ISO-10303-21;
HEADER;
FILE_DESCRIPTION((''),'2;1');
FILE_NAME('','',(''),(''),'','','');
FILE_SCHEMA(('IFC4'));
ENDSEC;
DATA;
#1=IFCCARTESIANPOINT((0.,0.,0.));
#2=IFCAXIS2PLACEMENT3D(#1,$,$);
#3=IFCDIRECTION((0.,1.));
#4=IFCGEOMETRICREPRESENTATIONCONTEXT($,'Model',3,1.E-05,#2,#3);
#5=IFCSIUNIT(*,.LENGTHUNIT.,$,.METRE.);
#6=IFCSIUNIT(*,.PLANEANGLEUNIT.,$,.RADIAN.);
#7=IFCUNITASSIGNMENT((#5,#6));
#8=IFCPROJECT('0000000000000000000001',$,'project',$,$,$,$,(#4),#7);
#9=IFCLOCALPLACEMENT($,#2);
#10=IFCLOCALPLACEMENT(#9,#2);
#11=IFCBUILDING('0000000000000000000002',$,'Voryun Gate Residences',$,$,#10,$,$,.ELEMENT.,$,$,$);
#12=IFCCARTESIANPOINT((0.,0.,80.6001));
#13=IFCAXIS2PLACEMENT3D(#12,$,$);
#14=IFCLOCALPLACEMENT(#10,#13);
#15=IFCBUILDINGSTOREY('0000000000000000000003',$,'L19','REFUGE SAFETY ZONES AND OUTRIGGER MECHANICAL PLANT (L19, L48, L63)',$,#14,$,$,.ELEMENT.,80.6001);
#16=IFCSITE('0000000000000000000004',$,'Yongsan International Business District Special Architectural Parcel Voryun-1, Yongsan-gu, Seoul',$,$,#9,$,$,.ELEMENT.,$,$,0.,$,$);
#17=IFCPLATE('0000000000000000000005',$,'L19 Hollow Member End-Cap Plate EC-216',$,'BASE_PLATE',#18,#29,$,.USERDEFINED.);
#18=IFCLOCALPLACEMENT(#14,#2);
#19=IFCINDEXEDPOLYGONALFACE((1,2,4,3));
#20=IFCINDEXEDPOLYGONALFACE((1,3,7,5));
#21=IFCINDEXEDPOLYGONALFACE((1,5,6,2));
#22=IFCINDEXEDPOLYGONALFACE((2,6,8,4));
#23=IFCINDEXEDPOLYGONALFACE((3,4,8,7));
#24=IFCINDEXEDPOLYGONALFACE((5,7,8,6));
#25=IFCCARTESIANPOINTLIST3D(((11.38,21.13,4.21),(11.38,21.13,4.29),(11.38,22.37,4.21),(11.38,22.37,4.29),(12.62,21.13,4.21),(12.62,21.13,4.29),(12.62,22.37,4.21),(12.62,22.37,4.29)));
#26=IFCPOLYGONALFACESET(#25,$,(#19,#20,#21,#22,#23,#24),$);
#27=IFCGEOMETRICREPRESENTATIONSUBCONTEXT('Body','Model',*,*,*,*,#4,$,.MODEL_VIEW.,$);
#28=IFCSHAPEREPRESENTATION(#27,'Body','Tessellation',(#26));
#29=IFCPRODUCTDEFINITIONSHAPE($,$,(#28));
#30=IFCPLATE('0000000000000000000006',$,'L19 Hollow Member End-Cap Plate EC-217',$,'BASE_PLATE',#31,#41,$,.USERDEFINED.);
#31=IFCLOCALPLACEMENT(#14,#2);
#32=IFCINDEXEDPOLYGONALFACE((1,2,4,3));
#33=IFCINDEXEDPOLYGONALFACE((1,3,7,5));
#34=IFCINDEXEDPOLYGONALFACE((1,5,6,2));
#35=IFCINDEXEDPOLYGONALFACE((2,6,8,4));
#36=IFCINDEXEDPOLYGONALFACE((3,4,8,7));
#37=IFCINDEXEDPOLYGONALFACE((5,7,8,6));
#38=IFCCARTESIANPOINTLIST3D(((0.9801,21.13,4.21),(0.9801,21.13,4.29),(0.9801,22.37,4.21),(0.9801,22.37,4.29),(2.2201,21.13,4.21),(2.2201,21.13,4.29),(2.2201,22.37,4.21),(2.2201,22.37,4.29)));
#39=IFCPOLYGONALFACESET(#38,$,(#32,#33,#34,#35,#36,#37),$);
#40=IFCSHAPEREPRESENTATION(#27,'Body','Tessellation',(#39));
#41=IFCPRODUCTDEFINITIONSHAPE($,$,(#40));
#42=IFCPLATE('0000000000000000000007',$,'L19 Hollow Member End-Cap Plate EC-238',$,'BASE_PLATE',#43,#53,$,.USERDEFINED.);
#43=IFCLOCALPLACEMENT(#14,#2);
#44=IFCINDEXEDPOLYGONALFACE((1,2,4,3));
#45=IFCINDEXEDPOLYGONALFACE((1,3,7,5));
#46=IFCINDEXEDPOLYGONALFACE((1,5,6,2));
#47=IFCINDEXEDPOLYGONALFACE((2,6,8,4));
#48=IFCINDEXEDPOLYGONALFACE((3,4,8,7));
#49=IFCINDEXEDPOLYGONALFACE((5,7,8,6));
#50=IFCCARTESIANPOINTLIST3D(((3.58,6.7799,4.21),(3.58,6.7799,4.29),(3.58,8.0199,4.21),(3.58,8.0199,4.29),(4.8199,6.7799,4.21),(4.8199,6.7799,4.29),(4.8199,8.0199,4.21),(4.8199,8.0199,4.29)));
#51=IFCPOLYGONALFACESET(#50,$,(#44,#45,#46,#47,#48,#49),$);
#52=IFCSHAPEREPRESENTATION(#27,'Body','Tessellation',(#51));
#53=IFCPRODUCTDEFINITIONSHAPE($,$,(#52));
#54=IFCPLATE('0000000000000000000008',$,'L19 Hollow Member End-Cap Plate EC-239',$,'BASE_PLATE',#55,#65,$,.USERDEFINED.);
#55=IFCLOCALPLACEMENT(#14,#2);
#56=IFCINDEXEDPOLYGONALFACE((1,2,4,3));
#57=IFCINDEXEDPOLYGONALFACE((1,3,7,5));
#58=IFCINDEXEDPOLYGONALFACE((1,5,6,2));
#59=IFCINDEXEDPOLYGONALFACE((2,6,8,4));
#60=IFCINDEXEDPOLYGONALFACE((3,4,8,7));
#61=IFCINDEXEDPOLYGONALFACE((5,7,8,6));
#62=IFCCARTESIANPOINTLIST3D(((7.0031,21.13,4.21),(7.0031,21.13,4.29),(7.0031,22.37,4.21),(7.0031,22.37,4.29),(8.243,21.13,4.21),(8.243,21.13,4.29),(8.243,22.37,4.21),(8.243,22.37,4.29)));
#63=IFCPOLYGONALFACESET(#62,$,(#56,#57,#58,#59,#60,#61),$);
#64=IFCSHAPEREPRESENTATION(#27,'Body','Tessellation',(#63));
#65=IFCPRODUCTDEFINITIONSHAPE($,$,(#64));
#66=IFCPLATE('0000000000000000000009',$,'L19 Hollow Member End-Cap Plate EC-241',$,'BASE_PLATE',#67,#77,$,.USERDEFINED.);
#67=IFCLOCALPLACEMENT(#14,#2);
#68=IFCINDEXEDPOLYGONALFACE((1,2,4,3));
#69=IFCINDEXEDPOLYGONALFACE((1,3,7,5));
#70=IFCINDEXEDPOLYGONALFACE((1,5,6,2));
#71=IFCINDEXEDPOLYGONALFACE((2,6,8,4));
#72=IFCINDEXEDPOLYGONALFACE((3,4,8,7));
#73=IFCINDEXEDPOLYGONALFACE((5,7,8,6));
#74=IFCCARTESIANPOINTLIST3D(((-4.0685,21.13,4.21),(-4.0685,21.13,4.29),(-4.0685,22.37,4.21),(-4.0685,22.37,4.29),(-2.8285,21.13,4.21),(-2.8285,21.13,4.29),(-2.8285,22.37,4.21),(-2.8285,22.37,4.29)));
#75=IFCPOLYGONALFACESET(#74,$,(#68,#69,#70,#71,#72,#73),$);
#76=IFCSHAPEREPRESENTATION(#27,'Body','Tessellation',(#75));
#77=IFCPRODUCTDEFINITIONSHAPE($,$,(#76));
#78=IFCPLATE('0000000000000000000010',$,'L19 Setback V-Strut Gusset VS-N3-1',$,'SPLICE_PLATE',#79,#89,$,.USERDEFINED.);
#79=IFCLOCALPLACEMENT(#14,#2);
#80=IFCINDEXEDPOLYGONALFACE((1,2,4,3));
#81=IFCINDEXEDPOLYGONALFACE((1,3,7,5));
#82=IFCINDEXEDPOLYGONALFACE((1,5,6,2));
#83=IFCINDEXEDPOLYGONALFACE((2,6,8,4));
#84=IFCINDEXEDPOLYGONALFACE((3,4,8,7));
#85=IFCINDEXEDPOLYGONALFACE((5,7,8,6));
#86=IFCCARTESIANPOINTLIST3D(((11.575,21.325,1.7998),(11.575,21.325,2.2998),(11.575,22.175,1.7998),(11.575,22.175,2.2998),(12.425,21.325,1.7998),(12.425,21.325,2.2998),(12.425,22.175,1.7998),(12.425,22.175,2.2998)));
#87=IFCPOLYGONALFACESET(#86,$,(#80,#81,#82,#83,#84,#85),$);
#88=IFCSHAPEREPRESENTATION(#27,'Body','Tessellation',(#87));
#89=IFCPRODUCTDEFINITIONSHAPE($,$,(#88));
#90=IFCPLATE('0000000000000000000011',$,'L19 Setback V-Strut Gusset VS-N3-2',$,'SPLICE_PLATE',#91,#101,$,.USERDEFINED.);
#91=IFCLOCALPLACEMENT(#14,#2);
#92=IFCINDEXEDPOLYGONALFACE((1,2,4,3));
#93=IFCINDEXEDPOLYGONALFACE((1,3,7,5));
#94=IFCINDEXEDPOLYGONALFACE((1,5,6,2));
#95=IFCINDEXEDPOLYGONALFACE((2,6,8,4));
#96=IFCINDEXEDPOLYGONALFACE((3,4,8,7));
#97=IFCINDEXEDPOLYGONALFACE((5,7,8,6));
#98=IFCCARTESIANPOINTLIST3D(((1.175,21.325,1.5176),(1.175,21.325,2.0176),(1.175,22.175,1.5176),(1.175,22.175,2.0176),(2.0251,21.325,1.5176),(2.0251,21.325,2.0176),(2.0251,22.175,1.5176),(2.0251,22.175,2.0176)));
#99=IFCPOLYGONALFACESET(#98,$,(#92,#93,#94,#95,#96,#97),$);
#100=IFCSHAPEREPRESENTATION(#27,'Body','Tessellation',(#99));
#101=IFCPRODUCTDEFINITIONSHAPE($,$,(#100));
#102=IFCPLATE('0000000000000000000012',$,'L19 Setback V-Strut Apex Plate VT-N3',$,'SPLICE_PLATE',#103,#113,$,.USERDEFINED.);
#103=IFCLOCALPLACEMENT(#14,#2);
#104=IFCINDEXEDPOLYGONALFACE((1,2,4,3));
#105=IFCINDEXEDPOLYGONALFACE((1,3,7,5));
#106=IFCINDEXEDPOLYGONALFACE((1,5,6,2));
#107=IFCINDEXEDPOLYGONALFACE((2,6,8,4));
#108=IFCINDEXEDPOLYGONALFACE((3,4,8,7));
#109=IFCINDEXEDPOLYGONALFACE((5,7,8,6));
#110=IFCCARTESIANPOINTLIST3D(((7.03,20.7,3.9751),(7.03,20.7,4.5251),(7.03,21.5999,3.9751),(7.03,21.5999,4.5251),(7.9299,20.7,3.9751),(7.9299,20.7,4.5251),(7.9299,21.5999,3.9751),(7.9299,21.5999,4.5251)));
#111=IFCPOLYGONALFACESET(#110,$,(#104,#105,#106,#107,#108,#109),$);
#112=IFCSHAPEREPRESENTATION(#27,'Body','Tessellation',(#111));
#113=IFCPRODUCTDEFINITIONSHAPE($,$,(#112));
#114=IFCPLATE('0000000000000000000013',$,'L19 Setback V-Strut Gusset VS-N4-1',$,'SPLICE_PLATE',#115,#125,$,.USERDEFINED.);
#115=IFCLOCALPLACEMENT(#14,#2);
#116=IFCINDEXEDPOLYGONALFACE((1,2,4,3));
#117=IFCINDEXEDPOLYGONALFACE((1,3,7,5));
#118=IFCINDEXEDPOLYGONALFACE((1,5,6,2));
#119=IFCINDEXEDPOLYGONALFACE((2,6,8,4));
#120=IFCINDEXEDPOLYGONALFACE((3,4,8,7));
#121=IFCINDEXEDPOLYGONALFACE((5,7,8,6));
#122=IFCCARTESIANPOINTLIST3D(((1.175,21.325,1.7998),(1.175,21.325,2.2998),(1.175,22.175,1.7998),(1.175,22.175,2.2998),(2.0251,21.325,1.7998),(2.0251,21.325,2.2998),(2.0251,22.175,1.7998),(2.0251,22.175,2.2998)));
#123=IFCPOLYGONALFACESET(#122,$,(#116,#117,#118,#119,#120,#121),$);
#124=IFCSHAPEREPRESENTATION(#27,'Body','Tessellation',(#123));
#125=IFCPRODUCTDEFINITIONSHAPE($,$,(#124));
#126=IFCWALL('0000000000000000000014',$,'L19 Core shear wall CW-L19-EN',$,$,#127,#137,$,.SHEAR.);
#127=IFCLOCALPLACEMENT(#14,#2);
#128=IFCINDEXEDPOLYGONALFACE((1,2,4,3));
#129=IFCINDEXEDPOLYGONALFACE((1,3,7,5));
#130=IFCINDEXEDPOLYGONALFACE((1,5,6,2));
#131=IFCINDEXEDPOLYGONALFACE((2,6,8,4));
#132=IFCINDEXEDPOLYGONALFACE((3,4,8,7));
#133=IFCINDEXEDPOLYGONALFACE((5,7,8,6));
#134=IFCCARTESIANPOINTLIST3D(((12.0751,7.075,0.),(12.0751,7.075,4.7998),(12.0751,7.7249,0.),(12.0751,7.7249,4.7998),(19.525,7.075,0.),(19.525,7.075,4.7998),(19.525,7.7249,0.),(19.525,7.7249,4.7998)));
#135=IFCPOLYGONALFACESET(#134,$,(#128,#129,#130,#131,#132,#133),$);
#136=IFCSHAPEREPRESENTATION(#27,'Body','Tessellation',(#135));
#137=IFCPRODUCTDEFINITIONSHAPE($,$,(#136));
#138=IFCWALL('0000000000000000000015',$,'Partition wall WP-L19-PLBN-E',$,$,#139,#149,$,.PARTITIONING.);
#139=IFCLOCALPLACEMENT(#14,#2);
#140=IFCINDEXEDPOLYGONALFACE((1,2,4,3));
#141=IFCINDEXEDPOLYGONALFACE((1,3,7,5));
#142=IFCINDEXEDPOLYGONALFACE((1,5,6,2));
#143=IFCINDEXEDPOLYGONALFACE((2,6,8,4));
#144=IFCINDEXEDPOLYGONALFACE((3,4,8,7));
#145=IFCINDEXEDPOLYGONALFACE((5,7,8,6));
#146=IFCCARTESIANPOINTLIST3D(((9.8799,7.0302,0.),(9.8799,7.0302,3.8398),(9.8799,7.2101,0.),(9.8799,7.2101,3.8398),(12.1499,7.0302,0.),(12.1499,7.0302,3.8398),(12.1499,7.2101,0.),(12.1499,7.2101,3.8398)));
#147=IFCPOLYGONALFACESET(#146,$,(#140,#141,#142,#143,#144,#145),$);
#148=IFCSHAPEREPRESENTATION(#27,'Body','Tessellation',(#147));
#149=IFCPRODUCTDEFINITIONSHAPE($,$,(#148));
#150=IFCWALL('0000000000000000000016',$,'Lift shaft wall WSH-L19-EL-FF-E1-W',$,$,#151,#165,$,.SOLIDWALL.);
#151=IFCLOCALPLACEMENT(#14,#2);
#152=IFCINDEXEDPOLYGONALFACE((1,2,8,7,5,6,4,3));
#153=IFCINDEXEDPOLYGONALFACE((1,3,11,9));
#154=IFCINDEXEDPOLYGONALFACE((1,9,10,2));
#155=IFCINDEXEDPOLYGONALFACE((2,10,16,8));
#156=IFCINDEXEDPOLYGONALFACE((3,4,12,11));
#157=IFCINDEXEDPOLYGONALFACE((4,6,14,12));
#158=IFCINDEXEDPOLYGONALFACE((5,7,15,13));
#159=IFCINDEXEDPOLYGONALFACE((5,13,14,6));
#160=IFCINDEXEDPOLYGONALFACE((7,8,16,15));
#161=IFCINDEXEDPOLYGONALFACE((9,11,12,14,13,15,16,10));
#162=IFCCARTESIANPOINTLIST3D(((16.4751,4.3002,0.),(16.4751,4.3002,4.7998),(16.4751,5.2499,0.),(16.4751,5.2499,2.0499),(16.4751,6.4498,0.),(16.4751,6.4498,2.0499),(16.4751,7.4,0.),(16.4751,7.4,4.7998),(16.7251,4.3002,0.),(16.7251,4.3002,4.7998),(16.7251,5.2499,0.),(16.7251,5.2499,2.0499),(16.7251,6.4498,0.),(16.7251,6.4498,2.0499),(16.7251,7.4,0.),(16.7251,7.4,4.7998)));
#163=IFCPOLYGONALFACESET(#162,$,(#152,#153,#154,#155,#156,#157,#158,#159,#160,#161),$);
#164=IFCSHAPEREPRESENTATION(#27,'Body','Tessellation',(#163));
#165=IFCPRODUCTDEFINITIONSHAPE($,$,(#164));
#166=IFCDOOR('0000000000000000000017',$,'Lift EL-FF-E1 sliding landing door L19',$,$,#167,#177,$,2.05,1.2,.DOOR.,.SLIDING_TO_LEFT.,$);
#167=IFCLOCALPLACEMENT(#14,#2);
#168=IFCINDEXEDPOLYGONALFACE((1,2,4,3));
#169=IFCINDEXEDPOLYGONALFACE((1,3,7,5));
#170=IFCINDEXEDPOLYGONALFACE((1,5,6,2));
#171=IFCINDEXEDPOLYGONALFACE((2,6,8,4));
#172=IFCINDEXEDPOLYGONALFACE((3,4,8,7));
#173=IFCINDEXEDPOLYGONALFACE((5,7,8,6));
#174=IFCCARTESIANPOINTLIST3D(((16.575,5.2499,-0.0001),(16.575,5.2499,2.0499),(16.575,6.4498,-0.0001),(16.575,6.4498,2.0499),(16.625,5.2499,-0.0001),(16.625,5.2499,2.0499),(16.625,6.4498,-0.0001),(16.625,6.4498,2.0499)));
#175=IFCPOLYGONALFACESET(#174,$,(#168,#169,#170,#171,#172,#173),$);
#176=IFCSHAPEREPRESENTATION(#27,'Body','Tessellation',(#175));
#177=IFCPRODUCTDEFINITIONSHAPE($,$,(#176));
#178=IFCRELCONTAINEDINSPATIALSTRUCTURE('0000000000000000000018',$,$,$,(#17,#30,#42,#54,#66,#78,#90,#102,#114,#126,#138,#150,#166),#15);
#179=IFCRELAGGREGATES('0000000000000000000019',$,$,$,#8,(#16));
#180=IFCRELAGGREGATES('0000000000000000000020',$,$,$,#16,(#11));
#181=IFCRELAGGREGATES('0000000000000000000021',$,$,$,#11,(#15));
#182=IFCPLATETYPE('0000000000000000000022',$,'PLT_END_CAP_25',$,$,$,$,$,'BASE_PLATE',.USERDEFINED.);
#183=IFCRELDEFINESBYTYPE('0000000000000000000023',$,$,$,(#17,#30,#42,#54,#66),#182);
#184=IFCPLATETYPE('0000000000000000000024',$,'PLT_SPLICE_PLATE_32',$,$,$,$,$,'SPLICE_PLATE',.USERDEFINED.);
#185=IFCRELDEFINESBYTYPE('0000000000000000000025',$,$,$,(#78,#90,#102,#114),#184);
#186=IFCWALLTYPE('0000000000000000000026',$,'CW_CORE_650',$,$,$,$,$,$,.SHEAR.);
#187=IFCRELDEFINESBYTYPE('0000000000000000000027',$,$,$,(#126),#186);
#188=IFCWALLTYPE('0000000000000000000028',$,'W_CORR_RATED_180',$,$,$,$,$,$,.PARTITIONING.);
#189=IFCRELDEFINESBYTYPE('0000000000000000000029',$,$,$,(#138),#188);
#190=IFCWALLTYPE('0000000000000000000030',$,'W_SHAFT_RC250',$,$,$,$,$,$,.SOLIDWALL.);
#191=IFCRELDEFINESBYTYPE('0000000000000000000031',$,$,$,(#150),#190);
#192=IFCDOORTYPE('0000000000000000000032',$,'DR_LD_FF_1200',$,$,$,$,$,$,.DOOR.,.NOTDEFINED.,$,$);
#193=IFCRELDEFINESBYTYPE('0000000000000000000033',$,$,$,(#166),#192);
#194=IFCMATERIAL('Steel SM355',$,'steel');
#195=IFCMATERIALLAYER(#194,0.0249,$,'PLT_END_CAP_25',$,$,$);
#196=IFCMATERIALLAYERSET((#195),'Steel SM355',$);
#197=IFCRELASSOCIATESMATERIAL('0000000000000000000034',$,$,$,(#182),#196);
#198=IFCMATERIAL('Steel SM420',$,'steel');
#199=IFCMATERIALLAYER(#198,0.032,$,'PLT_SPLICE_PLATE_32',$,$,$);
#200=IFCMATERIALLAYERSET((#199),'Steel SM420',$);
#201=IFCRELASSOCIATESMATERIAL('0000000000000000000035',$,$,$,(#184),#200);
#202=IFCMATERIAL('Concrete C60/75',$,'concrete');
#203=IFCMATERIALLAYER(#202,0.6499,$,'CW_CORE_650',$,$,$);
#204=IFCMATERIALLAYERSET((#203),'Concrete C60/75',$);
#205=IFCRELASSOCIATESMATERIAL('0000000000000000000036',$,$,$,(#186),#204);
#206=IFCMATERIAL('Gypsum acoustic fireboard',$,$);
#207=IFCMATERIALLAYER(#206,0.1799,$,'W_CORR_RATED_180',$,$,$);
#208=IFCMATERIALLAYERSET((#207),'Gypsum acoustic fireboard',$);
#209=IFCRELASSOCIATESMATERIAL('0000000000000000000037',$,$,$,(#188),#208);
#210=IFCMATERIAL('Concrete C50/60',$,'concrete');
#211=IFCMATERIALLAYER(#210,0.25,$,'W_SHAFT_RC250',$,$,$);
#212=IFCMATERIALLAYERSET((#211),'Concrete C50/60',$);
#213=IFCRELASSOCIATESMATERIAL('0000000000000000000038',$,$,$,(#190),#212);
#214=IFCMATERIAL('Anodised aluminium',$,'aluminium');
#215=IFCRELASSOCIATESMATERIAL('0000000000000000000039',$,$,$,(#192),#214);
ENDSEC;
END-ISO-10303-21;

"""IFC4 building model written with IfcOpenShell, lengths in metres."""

from ifc_helpers import new_model, si_unit, direction, frame, frame_2d, origin, origin_2d, place, context, subcontext, project, spatial, rectangle, extrude, material, layer, layer_set, type_object, element, fill, save


model = new_model("IFC4")

# Units and contexts
model_context = context("Model", 3, precision=1e-05, world=origin(), true_north=direction((0.0, 1.0)))
body_context = subcontext(model_context, "Body", "Model", "MODEL_VIEW")
ifc_project = project(units=[si_unit("LENGTHUNIT", "METRE"), si_unit("PLANEANGLEUNIT", "RADIAN")], contexts=[model_context])

# Site, building, storey
site_placement = place(None, origin())
site = spatial("IfcSite", under=ifc_project, at=site_placement, Name="Yongsan International Business District Special Architectural Parcel Voryun-1, Yongsan-gu, Seoul", CompositionType="ELEMENT", RefElevation=0.0)
building_placement = place(site_placement, origin())
building = spatial("IfcBuilding", under=site, at=building_placement, Name="Voryun Gate Residences", CompositionType="ELEMENT")
storey_placement = place(building_placement, frame((0.0, 0.0, 80.6001)))
storey = spatial("IfcBuildingStorey", under=building, at=storey_placement, Name="L19", Description="REFUGE SAFETY ZONES AND OUTRIGGER MECHANICAL PLANT (L19, L48, L63)", CompositionType="ELEMENT", Elevation=80.6001)

# Plates
ifc_material_1 = material(Name="Steel SM355", Category="steel")
ifc_layer_1 = layer(ifc_material_1, 0.0249, Name="PLT_END_CAP_25")
ifc_layer_set_1 = layer_set([ifc_layer_1], Name="Steel SM355")
plate_type_1 = type_object("IfcPlateType", Name="PLT_END_CAP_25", ElementType="BASE_PLATE", PredefinedType="USERDEFINED", material=ifc_layer_set_1)
for number, where, z_axis, x_axis, name in (
    (1, (12.0, 21.75, 4.21), (0.0, 0.0, 1.0), (1.0, 0.0, 0.0), "L19 Hollow Member End-Cap Plate EC-216"),
    (2, (1.6001, 21.75, 4.21), (0.0, 0.0, 1.0), (1.0, 0.0, 0.0), "L19 Hollow Member End-Cap Plate EC-217"),
    (3, (4.2, 7.3999, 4.21), (0.0, 0.0, 1.0), (1.0, 0.0, 0.0), "L19 Hollow Member End-Cap Plate EC-238"),
    (4, (7.623, 21.75, 4.21), (0.0, 0.0, 1.0), (1.0, 0.0, 0.0), "L19 Hollow Member End-Cap Plate EC-239"),
    (5, (-3.4485, 21.75, 4.21), (0.0, 0.0, 1.0), (1.0, 0.0, 0.0), "L19 Hollow Member End-Cap Plate EC-241"),
):
    element("IfcPlate", number, at=place(storey_placement, frame(where, z_axis=z_axis, x_axis=x_axis)), inside=storey, type_object=plate_type_1, Name=name, ObjectType="BASE_PLATE", PredefinedType="USERDEFINED", context=body_context, shape_type="SweptSolid", body=[
        extrude(rectangle(XDim=1.24, YDim=1.24, at=origin_2d()), origin(), (0.0, 0.0, 1.0), 0.0801),
    ])
ifc_material_2 = material(Name="Steel SM420", Category="steel")
ifc_layer_2 = layer(ifc_material_2, 0.032, Name="PLT_SPLICE_PLATE_32")
ifc_layer_set_2 = layer_set([ifc_layer_2], Name="Steel SM420")
plate_type_2 = type_object("IfcPlateType", Name="PLT_SPLICE_PLATE_32", ElementType="SPLICE_PLATE", PredefinedType="USERDEFINED", material=ifc_layer_set_2)
for number, where, z_axis, x_axis, name in (
    (6, (12.0, 21.75, 1.7998), (0.0, 0.0, 1.0), (1.0, 0.0, 0.0), "L19 Setback V-Strut Gusset VS-N3-1"),
    (7, (1.6001, 21.75, 1.5176), (0.0, 0.0, 1.0), (1.0, 0.0, 0.0), "L19 Setback V-Strut Gusset VS-N3-2"),
):
    element("IfcPlate", number, at=place(storey_placement, frame(where, z_axis=z_axis, x_axis=x_axis)), inside=storey, type_object=plate_type_2, Name=name, ObjectType="SPLICE_PLATE", PredefinedType="USERDEFINED", context=body_context, shape_type="SweptSolid", body=[
        extrude(rectangle(XDim=0.8501, YDim=0.8501, at=origin_2d()), origin(), (0.0, 0.0, 1.0), 0.5),
    ])
plate_1_placement = place(storey_placement, frame((7.48, 21.1499, 3.9751), z_axis=(0.0, 0.0, 1.0), x_axis=(1.0, 0.0, 0.0)))
element("IfcPlate", 8, at=plate_1_placement, inside=storey, type_object=plate_type_2, Name="L19 Setback V-Strut Apex Plate VT-N3", ObjectType="SPLICE_PLATE", PredefinedType="USERDEFINED", context=body_context, shape_type="SweptSolid", body=[
    extrude(rectangle(XDim=0.8999, YDim=0.8999, at=origin_2d()), origin(), (0.0, 0.0, 1.0), 0.55),
])
plate_2_placement = place(storey_placement, frame((1.6001, 21.75, 1.7998), z_axis=(0.0, 0.0, 1.0), x_axis=(1.0, 0.0, 0.0)))
element("IfcPlate", 9, at=plate_2_placement, inside=storey, type_object=plate_type_2, Name="L19 Setback V-Strut Gusset VS-N4-1", ObjectType="SPLICE_PLATE", PredefinedType="USERDEFINED", context=body_context, shape_type="SweptSolid", body=[
    extrude(rectangle(XDim=0.8501, YDim=0.8501, at=origin_2d()), origin(), (0.0, 0.0, 1.0), 0.5),
])

# Walls
ifc_material_3 = material(Name="Concrete C60/75", Category="concrete")
ifc_layer_3 = layer(ifc_material_3, 0.6499, Name="CW_CORE_650")
ifc_layer_set_3 = layer_set([ifc_layer_3], Name="Concrete C60/75")
wall_type_1 = type_object("IfcWallType", Name="CW_CORE_650", PredefinedType="SHEAR", material=ifc_layer_set_3)
wall_1_placement = place(storey_placement, frame((12.075, 7.3999, 0.0), z_axis=(0.0, 0.0, 1.0), x_axis=(1.0, 0.0, 0.0)))
element("IfcWall", 10, at=wall_1_placement, inside=storey, type_object=wall_type_1, Name="L19 Core shear wall CW-L19-EN", PredefinedType="SHEAR", context=body_context, shape_type="SweptSolid", body=[
    extrude(rectangle(XDim=7.45, YDim=0.6499, at=frame_2d((3.7251, 0.0))), origin(), (0.0, 0.0, 1.0), 4.7998),
])
ifc_material_4 = material(Name="Gypsum acoustic fireboard")
ifc_layer_4 = layer(ifc_material_4, 0.1799, Name="W_CORR_RATED_180")
ifc_layer_set_4 = layer_set([ifc_layer_4], Name="Gypsum acoustic fireboard")
wall_type_2 = type_object("IfcWallType", Name="W_CORR_RATED_180", PredefinedType="PARTITIONING", material=ifc_layer_set_4)
wall_2_placement = place(storey_placement, frame((9.8799, 7.1201, 0.0), z_axis=(0.0, 0.0, 1.0), x_axis=(1.0, 0.0, 0.0)))
element("IfcWall", 11, at=wall_2_placement, inside=storey, type_object=wall_type_2, Name="Partition wall WP-L19-PLBN-E", PredefinedType="PARTITIONING", context=body_context, shape_type="SweptSolid", body=[
    extrude(rectangle(XDim=2.27, YDim=0.1799, at=frame_2d((1.135, 0.0))), origin(), (0.0, 0.0, 1.0), 3.8398),
])

# Wall, opening, door
ifc_material_5 = material(Name="Concrete C50/60", Category="concrete")
ifc_layer_5 = layer(ifc_material_5, 0.25, Name="W_SHAFT_RC250")
ifc_layer_set_5 = layer_set([ifc_layer_5], Name="Concrete C50/60")
wall_type_3 = type_object("IfcWallType", Name="W_SHAFT_RC250", PredefinedType="SOLIDWALL", material=ifc_layer_set_5)
wall_3_placement = place(storey_placement, frame((16.6001, 7.3999, 0.0), z_axis=(0.0, 0.0, 1.0), x_axis=(0.0, -1.0, 0.0)))
wall_3 = element("IfcWall", 12, at=wall_3_placement, inside=storey, type_object=wall_type_3, Name="Lift shaft wall WSH-L19-EL-FF-E1-W", PredefinedType="SOLIDWALL", context=body_context, shape_type="SweptSolid", body=[
    extrude(rectangle(XDim=3.0999, YDim=0.25, at=frame_2d((1.5498, 0.0))), origin(), (0.0, 0.0, 1.0), 4.7998),
])
opening_placement = place(wall_3_placement, frame((0.95, 0.0, 0.0)))
opening = element("IfcOpeningElement", 13, at=opening_placement, cuts=wall_3, PredefinedType="OPENING", context=body_context, shape_type="SweptSolid", body=[
    extrude(rectangle(XDim=1.2, YDim=2.05, at=frame_2d((0.6001, 1.0249))), frame((0.0, 0.135, 0.0), z_axis=(0.0, -1.0, 0.0), x_axis=(1.0, 0.0, 0.0)), (0.0, 0.0, 1.0), 0.27),
])
ifc_material_6 = material(Name="Anodised aluminium", Category="aluminium")
door_type = type_object("IfcDoorType", Name="DR_LD_FF_1200", OperationType="NOTDEFINED", PredefinedType="DOOR", material=ifc_material_6)
door_placement = place(opening_placement, origin())
door = element("IfcDoor", 14, at=door_placement, inside=storey, type_object=door_type, Name="Lift EL-FF-E1 sliding landing door L19", OperationType="SLIDING_TO_LEFT", OverallHeight=2.05, OverallWidth=1.2, PredefinedType="DOOR", context=body_context, shape_type="SweptSolid", body=[
    extrude(rectangle(XDim=1.2, YDim=2.05, at=frame_2d((0.6001, 1.0249))), frame((0.0, 0.0249, 0.0), z_axis=(0.0, -1.0, 0.0), x_axis=(1.0, 0.0, 0.0)), (0.0, 0.0, 1.0), 0.05),
])
fill(opening, door)

save(model, "model.ifc")
